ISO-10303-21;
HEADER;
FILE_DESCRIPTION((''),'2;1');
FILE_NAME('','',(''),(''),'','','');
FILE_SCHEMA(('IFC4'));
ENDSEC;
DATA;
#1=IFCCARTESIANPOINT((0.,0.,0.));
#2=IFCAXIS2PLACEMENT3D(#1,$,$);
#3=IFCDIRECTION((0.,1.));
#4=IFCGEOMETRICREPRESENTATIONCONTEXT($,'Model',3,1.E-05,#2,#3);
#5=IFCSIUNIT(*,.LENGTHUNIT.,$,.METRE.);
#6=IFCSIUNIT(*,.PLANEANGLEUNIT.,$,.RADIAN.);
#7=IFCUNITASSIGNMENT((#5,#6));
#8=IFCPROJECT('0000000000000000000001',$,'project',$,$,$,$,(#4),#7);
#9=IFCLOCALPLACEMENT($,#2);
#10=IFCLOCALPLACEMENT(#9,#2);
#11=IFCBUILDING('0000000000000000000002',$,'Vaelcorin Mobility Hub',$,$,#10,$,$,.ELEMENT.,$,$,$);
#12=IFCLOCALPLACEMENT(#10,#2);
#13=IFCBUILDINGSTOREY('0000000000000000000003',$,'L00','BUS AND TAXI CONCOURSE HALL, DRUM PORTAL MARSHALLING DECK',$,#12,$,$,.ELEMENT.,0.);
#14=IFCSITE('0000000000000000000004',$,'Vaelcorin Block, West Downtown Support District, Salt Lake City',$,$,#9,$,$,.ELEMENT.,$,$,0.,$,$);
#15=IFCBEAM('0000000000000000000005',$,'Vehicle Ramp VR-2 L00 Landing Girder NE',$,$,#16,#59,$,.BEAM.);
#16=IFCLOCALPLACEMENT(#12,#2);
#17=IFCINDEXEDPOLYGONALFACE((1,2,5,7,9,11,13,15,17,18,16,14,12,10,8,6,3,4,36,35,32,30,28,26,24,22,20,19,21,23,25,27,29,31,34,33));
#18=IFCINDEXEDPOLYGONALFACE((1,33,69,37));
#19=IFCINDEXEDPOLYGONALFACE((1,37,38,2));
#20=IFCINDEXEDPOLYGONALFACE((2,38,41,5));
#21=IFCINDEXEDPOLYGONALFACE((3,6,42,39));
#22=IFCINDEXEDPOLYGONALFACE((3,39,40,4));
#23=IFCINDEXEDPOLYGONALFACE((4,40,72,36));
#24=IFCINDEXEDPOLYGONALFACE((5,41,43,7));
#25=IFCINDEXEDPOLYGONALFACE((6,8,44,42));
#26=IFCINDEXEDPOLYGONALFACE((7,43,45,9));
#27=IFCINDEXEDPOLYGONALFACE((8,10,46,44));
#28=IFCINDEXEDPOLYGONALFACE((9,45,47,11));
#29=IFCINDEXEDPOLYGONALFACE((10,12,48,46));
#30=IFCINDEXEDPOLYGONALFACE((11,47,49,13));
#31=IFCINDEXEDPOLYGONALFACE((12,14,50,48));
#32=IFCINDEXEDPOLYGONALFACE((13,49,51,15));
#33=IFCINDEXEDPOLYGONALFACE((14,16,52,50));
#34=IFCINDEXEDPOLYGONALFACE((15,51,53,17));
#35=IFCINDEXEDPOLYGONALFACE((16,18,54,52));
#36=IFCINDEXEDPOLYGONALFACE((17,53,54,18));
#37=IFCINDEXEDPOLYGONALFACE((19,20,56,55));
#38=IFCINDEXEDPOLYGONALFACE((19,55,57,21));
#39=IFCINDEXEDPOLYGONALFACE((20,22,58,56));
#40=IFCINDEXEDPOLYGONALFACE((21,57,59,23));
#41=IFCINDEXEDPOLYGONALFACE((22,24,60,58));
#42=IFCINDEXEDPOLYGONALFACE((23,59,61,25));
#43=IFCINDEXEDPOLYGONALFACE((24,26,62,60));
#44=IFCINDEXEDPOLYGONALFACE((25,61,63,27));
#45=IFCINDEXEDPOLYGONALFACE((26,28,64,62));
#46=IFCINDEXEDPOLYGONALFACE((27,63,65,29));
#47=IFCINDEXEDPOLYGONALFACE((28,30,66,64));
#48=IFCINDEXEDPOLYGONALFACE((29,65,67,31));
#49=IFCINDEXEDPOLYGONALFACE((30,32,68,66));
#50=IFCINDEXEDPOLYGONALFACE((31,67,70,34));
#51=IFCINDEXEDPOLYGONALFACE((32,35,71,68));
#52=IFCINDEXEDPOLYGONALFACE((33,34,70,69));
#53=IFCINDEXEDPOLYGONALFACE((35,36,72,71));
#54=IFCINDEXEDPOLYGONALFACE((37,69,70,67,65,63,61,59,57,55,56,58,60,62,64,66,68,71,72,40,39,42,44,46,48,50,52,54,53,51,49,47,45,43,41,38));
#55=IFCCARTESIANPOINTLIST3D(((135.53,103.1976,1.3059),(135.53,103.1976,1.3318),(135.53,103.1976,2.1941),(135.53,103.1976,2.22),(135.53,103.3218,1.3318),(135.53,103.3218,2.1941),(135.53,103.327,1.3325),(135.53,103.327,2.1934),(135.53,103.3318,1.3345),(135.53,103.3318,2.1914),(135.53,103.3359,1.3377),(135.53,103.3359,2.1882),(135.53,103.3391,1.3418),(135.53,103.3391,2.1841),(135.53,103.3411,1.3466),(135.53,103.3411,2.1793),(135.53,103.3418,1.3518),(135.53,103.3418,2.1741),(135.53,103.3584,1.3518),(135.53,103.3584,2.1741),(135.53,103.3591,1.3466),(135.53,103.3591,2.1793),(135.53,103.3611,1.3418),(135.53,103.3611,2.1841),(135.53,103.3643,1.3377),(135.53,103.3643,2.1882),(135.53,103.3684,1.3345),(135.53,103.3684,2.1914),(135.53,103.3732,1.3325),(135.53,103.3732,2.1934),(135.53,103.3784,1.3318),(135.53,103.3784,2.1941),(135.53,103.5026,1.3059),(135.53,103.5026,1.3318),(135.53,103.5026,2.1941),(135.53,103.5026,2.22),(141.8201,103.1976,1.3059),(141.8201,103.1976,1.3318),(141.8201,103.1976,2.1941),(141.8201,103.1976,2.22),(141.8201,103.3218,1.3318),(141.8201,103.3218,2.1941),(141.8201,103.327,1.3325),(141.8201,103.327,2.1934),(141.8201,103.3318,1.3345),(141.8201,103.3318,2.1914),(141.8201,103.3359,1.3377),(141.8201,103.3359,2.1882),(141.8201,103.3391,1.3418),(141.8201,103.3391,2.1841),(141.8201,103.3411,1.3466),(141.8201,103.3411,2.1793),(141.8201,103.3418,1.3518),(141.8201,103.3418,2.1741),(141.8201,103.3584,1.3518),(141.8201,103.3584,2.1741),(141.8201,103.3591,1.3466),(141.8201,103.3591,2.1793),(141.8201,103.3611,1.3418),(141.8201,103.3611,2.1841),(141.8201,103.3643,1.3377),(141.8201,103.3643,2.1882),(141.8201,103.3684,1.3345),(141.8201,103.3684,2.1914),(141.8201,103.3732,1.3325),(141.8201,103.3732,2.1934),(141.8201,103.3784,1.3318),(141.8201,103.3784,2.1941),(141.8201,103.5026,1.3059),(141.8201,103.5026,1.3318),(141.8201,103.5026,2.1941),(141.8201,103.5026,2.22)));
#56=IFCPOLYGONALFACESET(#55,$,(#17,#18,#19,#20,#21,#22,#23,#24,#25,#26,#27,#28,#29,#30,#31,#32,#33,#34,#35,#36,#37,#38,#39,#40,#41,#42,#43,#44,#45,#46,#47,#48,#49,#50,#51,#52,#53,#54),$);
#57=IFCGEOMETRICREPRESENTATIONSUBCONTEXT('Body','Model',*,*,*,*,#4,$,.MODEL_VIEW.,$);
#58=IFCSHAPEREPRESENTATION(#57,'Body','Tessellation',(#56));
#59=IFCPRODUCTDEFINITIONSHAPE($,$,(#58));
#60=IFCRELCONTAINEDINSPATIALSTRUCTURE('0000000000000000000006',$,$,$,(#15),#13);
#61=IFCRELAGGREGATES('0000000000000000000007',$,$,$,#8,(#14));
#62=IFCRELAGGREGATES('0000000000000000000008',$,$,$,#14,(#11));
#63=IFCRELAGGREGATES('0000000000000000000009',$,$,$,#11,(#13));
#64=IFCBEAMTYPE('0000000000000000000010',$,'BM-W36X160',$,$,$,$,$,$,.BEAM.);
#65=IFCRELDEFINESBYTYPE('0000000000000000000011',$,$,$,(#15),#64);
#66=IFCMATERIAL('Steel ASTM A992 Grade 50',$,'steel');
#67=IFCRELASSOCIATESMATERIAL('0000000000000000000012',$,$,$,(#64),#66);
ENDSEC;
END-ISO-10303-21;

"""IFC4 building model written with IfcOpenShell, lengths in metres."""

from ifc_helpers import new_model, si_unit, direction, frame, origin, origin_2d, place, context, subcontext, project, spatial, i_section, extrude, material, material_profile, profile_set, type_object, element, save


model = new_model("IFC4")

# Units and contexts
model_context = context("Model", 3, precision=1e-05, world=origin(), true_north=direction((0.0, 1.0)))
body_context = subcontext(model_context, "Body", "Model", "MODEL_VIEW")
ifc_project = project(units=[si_unit("LENGTHUNIT", "METRE"), si_unit("PLANEANGLEUNIT", "RADIAN")], contexts=[model_context])

# Site, building, storey
site_placement = place(None, origin())
site = spatial("IfcSite", under=ifc_project, at=site_placement, Name="Vaelcorin Block, West Downtown Support District, Salt Lake City", CompositionType="ELEMENT", RefElevation=0.0)
building_placement = place(site_placement, origin())
building = spatial("IfcBuilding", under=site, at=building_placement, Name="Vaelcorin Mobility Hub", CompositionType="ELEMENT")
storey_placement = place(building_placement, origin())
storey = spatial("IfcBuildingStorey", under=building, at=storey_placement, Name="L00", Description="BUS AND TAXI CONCOURSE HALL, DRUM PORTAL MARSHALLING DECK", CompositionType="ELEMENT", Elevation=0.0)

# Shared definitions
ifc_material_1 = material(Name="Steel ASTM A992 Grade 50", Category="steel")

# Beam
ifc_material_profile_1 = material_profile(ifc_material_1, i_section(OverallWidth=0.3049, OverallDepth=0.9141, WebThickness=0.0166, FlangeThickness=0.0259, FilletRadius=0.02, at=origin_2d()), Name="W36X160")
ifc_profile_set_1 = profile_set([ifc_material_profile_1], Name="Steel ASTM A992 Grade 50")
beam_type_1 = type_object("IfcBeamType", Name="BM-W36X160", PredefinedType="BEAM", material=ifc_profile_set_1)
beam_1_placement = place(storey_placement, frame((135.53, 103.3501, 1.7629), z_axis=(1.0, 0.0, 0.0), x_axis=(0.0, 1.0, 0.0)))
element("IfcBeam", 1, at=beam_1_placement, inside=storey, type_object=beam_type_1, Name="Vehicle Ramp VR-2 L00 Landing Girder NE", PredefinedType="BEAM", context=body_context, shape_type="SweptSolid", body=[
    extrude(i_section(OverallWidth=0.3049, OverallDepth=0.9141, WebThickness=0.0166, FlangeThickness=0.0259, FilletRadius=0.02, at=origin_2d()), origin(), (0.0, 0.0, 1.0), 6.29),
])

save(model, "model.ifc")
